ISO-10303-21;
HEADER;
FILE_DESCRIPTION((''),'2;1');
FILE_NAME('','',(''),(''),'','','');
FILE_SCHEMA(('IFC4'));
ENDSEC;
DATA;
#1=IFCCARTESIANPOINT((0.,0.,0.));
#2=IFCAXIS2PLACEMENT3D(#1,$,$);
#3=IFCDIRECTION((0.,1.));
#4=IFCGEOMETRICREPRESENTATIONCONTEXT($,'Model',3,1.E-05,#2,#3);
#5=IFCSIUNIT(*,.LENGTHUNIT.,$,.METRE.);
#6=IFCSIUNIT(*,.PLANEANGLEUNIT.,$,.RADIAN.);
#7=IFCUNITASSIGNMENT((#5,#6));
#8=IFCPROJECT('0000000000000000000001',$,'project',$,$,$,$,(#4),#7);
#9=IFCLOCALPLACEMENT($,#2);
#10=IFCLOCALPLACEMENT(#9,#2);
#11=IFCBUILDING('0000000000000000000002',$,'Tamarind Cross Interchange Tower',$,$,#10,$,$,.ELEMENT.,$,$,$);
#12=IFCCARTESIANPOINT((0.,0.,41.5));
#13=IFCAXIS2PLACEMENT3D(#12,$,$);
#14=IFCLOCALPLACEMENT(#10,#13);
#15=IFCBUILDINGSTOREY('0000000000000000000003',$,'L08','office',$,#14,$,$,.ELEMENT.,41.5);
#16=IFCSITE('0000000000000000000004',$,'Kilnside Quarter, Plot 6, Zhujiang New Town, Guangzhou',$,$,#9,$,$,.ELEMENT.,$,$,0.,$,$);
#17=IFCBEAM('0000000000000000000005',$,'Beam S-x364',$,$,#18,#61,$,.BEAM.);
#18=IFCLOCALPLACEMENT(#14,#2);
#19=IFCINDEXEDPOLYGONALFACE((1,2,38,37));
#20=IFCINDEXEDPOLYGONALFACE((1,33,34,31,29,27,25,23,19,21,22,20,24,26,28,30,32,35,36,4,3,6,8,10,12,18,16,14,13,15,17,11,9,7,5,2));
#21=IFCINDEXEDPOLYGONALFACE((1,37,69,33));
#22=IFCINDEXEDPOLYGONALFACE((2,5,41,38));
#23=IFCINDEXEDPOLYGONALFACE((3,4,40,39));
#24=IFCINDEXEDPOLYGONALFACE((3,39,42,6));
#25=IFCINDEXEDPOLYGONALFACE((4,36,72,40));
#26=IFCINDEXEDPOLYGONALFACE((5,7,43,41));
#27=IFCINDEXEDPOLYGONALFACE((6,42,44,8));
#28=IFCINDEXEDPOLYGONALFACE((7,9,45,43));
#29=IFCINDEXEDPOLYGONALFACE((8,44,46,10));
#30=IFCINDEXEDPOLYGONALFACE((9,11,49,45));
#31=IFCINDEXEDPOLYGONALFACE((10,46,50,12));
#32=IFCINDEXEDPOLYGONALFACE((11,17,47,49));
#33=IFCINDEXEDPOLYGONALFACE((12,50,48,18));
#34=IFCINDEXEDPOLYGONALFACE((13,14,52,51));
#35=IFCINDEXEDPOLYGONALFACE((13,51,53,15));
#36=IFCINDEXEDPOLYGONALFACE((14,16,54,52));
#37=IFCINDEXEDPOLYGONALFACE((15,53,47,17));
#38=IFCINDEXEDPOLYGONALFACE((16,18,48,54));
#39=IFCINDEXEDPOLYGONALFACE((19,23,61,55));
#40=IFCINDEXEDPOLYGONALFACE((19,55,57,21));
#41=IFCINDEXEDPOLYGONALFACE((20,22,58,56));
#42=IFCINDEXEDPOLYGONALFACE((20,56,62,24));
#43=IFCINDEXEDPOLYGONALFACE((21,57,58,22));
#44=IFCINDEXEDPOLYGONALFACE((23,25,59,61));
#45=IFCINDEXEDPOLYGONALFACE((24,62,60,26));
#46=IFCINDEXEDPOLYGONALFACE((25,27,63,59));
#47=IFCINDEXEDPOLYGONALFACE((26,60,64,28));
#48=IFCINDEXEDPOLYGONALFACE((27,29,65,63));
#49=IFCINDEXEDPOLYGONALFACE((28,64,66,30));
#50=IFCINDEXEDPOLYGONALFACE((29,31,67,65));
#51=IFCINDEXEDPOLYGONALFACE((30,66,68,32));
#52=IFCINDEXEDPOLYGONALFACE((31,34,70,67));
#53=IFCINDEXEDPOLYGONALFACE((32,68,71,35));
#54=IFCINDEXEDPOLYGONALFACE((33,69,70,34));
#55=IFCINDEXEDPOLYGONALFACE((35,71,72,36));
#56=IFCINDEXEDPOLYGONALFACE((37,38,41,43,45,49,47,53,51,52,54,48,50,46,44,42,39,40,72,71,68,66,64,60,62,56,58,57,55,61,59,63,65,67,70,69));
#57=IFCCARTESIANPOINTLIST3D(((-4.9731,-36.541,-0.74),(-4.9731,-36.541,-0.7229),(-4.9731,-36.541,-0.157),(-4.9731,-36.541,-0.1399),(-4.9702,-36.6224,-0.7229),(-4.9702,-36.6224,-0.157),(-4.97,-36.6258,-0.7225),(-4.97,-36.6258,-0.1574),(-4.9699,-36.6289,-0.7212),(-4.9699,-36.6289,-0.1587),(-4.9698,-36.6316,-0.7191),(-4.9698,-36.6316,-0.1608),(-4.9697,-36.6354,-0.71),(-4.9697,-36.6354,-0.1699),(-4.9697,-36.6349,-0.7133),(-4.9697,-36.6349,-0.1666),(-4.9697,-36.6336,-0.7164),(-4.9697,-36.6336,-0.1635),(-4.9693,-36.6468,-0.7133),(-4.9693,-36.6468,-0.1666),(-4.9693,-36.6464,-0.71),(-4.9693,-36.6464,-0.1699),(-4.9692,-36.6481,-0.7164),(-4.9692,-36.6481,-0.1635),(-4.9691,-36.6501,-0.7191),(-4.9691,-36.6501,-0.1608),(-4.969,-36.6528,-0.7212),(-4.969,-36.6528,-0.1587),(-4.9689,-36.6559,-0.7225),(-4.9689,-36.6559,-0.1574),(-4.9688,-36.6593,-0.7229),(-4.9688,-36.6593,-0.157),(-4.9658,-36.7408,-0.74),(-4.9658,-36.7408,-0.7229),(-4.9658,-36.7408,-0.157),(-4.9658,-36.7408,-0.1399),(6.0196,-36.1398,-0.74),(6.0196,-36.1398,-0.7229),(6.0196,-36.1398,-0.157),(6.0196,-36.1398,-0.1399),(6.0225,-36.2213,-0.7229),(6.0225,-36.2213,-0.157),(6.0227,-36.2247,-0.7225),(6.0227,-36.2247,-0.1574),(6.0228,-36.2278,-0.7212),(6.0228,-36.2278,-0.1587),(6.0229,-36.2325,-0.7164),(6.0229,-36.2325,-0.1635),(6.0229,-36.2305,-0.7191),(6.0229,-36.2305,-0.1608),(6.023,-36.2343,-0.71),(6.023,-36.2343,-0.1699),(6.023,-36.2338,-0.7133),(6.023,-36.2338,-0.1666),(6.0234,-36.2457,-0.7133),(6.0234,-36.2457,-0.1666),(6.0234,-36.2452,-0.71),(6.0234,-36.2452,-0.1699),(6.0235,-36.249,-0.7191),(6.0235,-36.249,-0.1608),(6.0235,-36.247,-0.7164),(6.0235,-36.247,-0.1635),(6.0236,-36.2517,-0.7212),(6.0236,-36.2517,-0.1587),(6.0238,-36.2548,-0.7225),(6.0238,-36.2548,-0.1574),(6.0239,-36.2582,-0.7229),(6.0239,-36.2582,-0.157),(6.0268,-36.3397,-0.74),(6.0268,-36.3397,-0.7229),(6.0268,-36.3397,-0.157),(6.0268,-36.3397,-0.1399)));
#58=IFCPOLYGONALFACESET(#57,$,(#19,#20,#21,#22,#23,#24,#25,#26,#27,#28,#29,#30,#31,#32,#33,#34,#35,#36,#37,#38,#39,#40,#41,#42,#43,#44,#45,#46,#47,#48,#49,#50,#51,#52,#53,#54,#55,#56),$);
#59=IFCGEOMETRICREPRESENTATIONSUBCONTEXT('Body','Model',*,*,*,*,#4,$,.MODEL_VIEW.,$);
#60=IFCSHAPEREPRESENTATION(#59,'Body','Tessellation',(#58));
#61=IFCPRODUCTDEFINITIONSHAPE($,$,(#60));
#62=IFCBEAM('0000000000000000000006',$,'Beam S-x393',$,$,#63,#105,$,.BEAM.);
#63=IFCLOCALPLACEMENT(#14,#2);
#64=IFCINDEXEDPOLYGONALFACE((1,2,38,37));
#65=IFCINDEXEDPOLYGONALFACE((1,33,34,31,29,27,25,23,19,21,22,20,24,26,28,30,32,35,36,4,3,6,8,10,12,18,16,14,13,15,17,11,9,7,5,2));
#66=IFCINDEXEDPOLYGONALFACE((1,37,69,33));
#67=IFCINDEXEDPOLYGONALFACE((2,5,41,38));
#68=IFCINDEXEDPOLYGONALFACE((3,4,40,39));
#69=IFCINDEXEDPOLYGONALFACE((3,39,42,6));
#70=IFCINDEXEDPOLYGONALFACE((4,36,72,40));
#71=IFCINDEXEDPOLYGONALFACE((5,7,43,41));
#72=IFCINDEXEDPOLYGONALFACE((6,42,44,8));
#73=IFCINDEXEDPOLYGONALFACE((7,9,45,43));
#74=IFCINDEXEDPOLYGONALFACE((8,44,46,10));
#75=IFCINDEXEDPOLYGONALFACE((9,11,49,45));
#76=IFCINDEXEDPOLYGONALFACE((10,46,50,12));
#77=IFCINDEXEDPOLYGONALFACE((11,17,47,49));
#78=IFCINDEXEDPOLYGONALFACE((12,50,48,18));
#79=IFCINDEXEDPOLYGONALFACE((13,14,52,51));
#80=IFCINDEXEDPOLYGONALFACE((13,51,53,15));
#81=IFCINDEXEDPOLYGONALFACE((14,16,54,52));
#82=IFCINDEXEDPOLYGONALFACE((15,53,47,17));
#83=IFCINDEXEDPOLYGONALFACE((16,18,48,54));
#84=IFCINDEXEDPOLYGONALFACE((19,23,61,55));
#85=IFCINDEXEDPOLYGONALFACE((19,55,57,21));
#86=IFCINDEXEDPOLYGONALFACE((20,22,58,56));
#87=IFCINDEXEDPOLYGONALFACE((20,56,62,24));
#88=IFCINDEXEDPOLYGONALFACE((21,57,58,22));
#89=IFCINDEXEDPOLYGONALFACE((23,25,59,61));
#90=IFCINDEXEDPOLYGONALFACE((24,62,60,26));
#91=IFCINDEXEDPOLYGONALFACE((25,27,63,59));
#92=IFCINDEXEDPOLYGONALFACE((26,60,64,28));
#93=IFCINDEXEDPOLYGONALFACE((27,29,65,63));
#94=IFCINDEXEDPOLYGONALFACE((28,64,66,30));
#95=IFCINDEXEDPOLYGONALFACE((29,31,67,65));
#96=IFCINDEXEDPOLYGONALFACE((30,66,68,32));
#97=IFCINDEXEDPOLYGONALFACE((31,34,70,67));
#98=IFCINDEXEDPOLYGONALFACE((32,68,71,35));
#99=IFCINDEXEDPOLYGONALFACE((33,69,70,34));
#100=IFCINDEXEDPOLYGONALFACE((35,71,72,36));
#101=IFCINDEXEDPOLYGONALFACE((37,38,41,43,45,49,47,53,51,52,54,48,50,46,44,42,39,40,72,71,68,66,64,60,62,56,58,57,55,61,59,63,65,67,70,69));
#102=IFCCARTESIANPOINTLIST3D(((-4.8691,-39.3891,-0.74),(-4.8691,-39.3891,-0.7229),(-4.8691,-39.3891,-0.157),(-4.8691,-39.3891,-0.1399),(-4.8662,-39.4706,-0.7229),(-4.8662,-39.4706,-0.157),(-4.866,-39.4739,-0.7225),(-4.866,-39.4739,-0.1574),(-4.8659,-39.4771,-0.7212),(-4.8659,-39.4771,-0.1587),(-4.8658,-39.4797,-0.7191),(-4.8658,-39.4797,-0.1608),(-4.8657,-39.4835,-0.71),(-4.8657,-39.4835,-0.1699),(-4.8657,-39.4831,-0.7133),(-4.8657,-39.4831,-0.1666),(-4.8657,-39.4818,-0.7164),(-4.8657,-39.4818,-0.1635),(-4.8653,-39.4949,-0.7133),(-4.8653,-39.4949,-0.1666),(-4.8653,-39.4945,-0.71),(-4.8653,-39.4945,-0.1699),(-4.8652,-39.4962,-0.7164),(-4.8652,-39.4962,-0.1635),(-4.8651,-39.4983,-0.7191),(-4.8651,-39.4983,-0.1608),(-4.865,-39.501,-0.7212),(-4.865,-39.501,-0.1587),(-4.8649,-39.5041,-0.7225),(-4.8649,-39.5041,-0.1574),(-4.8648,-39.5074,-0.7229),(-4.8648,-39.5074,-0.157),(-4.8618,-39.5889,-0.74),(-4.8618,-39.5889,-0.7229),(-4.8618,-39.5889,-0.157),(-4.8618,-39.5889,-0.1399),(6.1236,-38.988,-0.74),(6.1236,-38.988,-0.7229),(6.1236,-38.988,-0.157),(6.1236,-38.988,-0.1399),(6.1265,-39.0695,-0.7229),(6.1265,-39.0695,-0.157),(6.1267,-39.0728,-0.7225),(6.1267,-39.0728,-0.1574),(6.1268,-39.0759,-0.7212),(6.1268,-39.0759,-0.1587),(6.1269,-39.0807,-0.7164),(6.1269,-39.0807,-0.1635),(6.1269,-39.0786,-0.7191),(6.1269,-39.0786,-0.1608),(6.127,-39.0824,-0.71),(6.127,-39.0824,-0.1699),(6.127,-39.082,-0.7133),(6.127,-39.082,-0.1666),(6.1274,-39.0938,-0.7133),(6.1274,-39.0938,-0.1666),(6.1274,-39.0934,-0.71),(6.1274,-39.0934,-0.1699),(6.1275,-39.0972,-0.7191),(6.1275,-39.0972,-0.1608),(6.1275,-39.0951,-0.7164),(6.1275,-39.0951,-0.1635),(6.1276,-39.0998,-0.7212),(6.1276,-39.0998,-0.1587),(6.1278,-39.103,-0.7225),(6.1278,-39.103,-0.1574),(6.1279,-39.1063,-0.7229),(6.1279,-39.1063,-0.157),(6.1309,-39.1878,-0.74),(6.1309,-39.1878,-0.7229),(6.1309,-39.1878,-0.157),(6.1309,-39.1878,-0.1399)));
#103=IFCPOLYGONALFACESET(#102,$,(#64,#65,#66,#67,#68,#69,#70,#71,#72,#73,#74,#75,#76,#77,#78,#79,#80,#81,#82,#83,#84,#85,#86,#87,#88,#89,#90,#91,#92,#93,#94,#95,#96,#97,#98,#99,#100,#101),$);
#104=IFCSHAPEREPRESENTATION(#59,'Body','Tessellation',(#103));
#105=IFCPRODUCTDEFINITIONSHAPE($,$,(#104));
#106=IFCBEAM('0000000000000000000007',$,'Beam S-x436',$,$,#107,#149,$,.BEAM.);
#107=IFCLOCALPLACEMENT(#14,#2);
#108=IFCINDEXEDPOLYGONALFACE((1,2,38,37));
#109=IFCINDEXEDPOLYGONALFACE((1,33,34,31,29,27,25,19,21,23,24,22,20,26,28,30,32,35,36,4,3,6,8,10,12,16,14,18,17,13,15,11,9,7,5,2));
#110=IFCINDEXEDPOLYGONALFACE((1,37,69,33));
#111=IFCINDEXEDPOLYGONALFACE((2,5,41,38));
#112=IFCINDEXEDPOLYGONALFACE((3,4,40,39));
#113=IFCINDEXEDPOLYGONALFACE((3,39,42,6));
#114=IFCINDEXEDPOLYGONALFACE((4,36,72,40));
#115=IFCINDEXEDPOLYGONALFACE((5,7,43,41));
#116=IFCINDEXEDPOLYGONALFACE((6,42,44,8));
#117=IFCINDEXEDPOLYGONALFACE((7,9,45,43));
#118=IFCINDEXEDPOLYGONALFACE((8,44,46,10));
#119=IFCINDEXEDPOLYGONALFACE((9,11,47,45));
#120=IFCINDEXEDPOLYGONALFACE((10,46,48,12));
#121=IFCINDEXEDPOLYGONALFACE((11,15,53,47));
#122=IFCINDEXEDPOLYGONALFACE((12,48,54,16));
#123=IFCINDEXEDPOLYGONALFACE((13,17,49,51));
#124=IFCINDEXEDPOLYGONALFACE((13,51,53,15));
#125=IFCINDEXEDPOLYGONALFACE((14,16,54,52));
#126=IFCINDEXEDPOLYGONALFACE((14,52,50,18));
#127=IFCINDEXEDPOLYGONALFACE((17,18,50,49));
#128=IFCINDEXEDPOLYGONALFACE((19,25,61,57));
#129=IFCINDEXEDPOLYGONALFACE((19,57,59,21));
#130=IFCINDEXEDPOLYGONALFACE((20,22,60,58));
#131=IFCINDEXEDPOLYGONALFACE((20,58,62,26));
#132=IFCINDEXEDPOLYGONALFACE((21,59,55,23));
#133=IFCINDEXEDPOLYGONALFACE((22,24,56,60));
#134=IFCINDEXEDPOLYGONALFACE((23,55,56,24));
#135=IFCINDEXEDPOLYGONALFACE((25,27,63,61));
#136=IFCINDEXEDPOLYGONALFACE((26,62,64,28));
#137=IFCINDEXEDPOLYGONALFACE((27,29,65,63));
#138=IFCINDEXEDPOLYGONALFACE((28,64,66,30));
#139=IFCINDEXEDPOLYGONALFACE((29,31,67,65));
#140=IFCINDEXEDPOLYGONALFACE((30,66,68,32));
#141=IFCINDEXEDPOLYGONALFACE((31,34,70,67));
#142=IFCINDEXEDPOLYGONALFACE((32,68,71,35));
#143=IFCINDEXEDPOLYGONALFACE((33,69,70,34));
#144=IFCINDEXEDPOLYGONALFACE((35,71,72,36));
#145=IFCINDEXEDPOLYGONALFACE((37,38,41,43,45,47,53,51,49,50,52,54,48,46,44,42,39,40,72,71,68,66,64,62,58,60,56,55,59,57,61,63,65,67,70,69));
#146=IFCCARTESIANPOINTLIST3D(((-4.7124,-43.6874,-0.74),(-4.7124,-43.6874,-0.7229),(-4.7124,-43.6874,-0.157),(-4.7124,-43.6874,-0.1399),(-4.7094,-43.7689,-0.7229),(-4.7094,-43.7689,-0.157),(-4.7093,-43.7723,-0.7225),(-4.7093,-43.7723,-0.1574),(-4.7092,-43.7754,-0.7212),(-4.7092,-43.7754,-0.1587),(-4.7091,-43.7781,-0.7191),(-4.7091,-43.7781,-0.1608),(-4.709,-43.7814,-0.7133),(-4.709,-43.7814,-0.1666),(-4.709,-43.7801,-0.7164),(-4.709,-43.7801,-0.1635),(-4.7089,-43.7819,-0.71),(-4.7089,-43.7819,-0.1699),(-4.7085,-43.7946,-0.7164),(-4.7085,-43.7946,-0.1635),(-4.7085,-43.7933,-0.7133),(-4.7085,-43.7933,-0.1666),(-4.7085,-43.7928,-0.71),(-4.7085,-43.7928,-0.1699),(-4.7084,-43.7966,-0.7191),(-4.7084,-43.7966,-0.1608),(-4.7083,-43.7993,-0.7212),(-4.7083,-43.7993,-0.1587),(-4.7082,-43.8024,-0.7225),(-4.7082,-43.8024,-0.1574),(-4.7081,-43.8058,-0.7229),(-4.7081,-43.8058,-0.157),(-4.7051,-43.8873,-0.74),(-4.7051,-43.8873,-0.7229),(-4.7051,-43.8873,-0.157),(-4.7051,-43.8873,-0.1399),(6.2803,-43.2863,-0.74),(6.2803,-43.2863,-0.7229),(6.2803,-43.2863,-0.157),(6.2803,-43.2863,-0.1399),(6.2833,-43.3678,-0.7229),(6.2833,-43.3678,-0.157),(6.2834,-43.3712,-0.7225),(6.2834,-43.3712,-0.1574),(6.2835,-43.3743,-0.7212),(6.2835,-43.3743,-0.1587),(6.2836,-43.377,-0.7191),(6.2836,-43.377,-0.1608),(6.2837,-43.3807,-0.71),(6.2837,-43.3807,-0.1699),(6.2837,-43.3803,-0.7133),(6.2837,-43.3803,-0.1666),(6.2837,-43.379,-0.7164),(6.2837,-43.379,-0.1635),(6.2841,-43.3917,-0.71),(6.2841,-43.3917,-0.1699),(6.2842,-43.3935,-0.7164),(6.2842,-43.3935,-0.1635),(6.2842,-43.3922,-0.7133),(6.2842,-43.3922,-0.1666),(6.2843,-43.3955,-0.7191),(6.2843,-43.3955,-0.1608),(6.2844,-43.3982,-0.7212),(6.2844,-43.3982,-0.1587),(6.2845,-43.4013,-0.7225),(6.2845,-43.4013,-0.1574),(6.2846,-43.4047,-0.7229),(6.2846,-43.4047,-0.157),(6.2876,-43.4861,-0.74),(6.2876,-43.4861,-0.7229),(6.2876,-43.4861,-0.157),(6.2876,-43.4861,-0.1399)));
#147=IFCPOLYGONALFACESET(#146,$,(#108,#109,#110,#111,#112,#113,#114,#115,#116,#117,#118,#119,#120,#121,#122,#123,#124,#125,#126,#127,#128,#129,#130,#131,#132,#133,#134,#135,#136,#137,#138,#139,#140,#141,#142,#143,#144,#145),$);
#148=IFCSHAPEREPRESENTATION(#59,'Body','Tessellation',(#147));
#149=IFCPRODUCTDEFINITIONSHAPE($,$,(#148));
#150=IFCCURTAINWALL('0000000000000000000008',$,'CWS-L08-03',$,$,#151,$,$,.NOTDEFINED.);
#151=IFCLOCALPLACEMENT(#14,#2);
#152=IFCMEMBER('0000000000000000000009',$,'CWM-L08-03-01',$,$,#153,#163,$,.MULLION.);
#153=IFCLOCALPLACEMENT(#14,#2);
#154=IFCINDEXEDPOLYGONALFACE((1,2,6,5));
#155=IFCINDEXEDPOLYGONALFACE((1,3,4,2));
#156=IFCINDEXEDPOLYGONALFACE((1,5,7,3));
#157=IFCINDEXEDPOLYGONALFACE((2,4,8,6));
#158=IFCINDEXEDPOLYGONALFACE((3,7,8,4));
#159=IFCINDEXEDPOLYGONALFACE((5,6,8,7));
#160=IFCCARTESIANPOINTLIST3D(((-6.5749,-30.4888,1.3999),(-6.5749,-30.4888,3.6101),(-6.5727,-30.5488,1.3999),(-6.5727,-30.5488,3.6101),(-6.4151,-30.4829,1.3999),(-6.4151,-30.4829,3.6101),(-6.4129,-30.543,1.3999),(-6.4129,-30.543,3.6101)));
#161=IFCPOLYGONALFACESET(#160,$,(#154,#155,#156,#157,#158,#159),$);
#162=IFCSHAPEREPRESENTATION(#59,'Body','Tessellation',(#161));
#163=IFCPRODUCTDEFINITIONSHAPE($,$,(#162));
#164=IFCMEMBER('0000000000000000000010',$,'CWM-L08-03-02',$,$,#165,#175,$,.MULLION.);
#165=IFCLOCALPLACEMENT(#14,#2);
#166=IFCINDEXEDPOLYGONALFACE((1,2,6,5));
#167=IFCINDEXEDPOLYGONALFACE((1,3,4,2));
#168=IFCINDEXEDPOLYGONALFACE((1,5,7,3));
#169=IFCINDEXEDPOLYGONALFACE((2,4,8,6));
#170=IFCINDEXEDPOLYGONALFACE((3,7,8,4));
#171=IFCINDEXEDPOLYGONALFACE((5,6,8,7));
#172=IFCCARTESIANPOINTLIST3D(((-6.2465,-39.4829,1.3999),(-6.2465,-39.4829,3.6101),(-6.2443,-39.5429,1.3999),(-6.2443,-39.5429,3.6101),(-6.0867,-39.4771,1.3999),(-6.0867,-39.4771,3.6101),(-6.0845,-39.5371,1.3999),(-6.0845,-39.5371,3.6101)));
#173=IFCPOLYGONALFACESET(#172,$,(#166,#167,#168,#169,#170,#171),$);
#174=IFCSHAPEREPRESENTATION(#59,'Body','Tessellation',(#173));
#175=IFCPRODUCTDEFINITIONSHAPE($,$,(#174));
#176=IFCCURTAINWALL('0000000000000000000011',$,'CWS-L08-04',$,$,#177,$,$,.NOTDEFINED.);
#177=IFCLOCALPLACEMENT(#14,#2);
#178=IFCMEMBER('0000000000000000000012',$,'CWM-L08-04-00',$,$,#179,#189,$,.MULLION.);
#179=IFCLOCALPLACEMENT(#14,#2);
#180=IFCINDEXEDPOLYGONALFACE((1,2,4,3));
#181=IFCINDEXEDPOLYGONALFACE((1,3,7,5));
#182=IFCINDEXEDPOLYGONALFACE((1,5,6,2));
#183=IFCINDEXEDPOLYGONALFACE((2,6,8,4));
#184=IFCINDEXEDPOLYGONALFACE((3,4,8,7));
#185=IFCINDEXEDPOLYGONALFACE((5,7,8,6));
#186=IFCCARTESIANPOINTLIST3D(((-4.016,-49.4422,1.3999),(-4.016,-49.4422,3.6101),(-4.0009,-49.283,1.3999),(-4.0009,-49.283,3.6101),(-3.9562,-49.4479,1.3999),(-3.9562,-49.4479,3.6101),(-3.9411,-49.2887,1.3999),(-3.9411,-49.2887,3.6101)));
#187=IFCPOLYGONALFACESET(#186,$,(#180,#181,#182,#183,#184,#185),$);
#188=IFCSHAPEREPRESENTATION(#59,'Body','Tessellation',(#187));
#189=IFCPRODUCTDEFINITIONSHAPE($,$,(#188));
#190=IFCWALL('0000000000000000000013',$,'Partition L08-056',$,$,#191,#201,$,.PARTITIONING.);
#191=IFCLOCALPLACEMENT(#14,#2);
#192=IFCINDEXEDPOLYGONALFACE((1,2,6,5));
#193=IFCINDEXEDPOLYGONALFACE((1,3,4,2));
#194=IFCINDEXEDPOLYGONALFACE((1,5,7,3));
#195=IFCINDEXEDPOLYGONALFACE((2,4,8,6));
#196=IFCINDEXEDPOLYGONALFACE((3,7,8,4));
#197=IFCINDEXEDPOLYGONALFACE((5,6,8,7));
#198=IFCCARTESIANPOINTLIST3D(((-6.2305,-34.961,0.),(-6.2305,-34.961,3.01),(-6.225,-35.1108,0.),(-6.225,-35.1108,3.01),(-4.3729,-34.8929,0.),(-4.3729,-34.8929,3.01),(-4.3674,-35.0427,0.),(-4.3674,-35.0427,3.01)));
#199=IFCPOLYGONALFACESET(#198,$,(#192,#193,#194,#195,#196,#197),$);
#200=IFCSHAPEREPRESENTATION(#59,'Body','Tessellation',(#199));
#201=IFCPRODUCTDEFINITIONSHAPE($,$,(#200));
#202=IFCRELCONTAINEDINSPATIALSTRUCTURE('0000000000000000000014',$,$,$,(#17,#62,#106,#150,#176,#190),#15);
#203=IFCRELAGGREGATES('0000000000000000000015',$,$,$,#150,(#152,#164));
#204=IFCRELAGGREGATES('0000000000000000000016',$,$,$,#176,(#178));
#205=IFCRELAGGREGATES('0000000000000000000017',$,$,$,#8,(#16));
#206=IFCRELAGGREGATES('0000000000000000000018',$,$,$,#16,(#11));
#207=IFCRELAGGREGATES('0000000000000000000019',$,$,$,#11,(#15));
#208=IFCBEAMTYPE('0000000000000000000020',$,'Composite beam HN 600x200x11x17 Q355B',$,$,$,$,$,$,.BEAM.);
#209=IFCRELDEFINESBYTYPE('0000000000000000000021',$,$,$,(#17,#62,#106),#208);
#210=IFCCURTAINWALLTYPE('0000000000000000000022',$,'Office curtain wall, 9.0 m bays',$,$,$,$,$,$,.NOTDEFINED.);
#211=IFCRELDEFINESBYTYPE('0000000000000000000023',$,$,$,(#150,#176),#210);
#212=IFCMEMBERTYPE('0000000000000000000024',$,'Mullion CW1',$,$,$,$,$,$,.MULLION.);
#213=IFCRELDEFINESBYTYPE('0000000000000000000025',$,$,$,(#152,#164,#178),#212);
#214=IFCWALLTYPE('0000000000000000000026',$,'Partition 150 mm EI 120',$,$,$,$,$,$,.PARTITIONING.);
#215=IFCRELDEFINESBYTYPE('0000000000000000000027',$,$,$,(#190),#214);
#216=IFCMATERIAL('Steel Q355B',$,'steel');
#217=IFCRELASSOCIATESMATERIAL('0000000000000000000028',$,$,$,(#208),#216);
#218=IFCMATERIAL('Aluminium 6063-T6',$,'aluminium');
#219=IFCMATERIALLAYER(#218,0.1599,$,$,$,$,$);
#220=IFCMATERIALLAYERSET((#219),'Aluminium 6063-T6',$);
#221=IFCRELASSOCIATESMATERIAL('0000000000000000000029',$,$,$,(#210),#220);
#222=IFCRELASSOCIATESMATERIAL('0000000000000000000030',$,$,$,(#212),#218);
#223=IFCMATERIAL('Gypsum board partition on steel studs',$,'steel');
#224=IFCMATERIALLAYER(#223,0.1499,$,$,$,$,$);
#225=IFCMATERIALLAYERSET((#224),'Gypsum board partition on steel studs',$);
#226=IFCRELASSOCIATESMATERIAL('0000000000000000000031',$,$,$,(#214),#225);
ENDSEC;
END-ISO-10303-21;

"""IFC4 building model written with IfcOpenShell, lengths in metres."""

from ifc_helpers import new_model, si_unit, direction, frame, frame_2d, origin, origin_2d, place, context, subcontext, project, spatial, rectangle, i_section, extrude, material, layer, layer_set, material_profile, profile_set, type_object, element, aggregate, save


model = new_model("IFC4")

# Units and contexts
model_context = context("Model", 3, precision=1e-05, world=origin(), true_north=direction((0.0, 1.0)))
body_context = subcontext(model_context, "Body", "Model", "MODEL_VIEW")
ifc_project = project(units=[si_unit("LENGTHUNIT", "METRE"), si_unit("PLANEANGLEUNIT", "RADIAN")], contexts=[model_context])

# Site, building, storey
site_placement = place(None, origin())
site = spatial("IfcSite", under=ifc_project, at=site_placement, Name="Kilnside Quarter, Plot 6, Zhujiang New Town, Guangzhou", CompositionType="ELEMENT", RefElevation=0.0)
building_placement = place(site_placement, origin())
building = spatial("IfcBuilding", under=site, at=building_placement, Name="Tamarind Cross Interchange Tower", CompositionType="ELEMENT")
storey_placement = place(building_placement, frame((0.0, 0.0, 41.5)))
storey = spatial("IfcBuildingStorey", under=building, at=storey_placement, Name="L08", Description="office", CompositionType="ELEMENT", Elevation=41.5)

# Beams
ifc_material_1 = material(Name="Steel Q355B", Category="steel")
ifc_material_profile_1 = material_profile(ifc_material_1, i_section(OverallWidth=0.2, OverallDepth=0.6001, WebThickness=0.011, FlangeThickness=0.0171, FilletRadius=0.0129, at=origin_2d()), Name="HN 600x200x11x17")
ifc_profile_set_1 = profile_set([ifc_material_profile_1], Name="Steel Q355B")
beam_type_1 = type_object("IfcBeamType", Name="Composite beam HN 600x200x11x17 Q355B", PredefinedType="BEAM", material=ifc_profile_set_1)
for number, where, z_axis, x_axis, name in (
    (1, (-4.9695, -36.6409, -0.4399), (0.999335, 0.036466, 0.0), (-0.036466, 0.999335, 0.0), "Beam S-x364"),
    (2, (-4.8655, -39.489, -0.4399), (0.999335, 0.036466, 0.0), (-0.036466, 0.999335, 0.0), "Beam S-x393"),
    (3, (-4.7087, -43.7874, -0.4399), (0.999335, 0.036466, 0.0), (-0.036466, 0.999335, 0.0), "Beam S-x436"),
):
    element("IfcBeam", number, at=place(storey_placement, frame(where, z_axis=z_axis, x_axis=x_axis)), inside=storey, type_object=beam_type_1, Name=name, PredefinedType="BEAM", context=body_context, shape_type="SweptSolid", body=[
        extrude(i_section(OverallWidth=0.2, OverallDepth=0.6001, WebThickness=0.011, FlangeThickness=0.0171, FilletRadius=0.0129, at=origin_2d()), origin(), (0.0, 0.0, 1.0), 11.0),
    ])

# Curtain wall, members
ifc_material_2 = material(Name="Aluminium 6063-T6", Category="aluminium")
ifc_layer_1 = layer(ifc_material_2, 0.1599)
ifc_layer_set_1 = layer_set([ifc_layer_1], Name="Aluminium 6063-T6")
curtain_wall_type = type_object("IfcCurtainWallType", Name="Office curtain wall, 9.0 m bays", PredefinedType="NOTDEFINED", material=ifc_layer_set_1)
curtain_wall_1_placement = place(storey_placement, origin())
curtain_wall_1 = element("IfcCurtainWall", 4, at=curtain_wall_1_placement, inside=storey, type_object=curtain_wall_type, Name="CWS-L08-03", PredefinedType="NOTDEFINED")
ifc_material_profile_2 = material_profile(ifc_material_2, rectangle(XDim=0.0601, YDim=0.1599, at=origin_2d()), Name="Mullion CW1")
ifc_profile_set_2 = profile_set([ifc_material_profile_2], Name="Aluminium 6063-T6")
member_type = type_object("IfcMemberType", Name="Mullion CW1", PredefinedType="MULLION", material=ifc_profile_set_2)
member_1_placement = place(storey_placement, frame((-6.4939, -30.5159, 1.3999), z_axis=(0.0, 0.0, 1.0), x_axis=(0.036462, -0.999335, 0.0)))
member_1 = element("IfcMember", 5, at=member_1_placement, type_object=member_type, Name="CWM-L08-03-01", PredefinedType="MULLION", context=body_context, shape_type="SweptSolid", body=[
    extrude(rectangle(XDim=0.0601, YDim=0.1599, at=origin_2d()), origin(), (0.0, 0.0, 1.0), 2.2102),
])
member_2_placement = place(storey_placement, frame((-6.1655, -39.51, 1.3999), z_axis=(0.0, 0.0, 1.0), x_axis=(0.036462, -0.999335, 0.0)))
member_2 = element("IfcMember", 6, at=member_2_placement, type_object=member_type, Name="CWM-L08-03-02", PredefinedType="MULLION", context=body_context, shape_type="SweptSolid", body=[
    extrude(rectangle(XDim=0.0601, YDim=0.1599, at=origin_2d()), origin(), (0.0, 0.0, 1.0), 2.2102),
])
aggregate(curtain_wall_1, [member_1, member_2])

# Curtain wall, member
curtain_wall_2_placement = place(storey_placement, origin())
curtain_wall_2 = element("IfcCurtainWall", 7, at=curtain_wall_2_placement, inside=storey, type_object=curtain_wall_type, Name="CWS-L08-04", PredefinedType="NOTDEFINED")
member_3_placement = place(storey_placement, frame((-3.9785, -49.3655, 1.3999), z_axis=(0.0, 0.0, 1.0), x_axis=(0.995545, -0.094289, 0.0)))
member_3 = element("IfcMember", 8, at=member_3_placement, type_object=member_type, Name="CWM-L08-04-00", PredefinedType="MULLION", context=body_context, shape_type="SweptSolid", body=[
    extrude(rectangle(XDim=0.0601, YDim=0.1599, at=origin_2d()), origin(), (0.0, 0.0, 1.0), 2.2102),
])
aggregate(curtain_wall_2, [member_3])

# Wall
ifc_material_3 = material(Name="Gypsum board partition on steel studs", Category="steel")
ifc_layer_2 = layer(ifc_material_3, 0.1499)
ifc_layer_set_2 = layer_set([ifc_layer_2], Name="Gypsum board partition on steel studs")
wall_type_1 = type_object("IfcWallType", Name="Partition 150 mm EI 120", PredefinedType="PARTITIONING", material=ifc_layer_set_2)
wall_1_placement = place(storey_placement, frame((-6.2278, -35.0359, 0.0), z_axis=(0.0, 0.0, 1.0), x_axis=(0.999328, 0.036642, 0.0)))
element("IfcWall", 9, at=wall_1_placement, inside=storey, type_object=wall_type_1, Name="Partition L08-056", PredefinedType="PARTITIONING", context=body_context, shape_type="SweptSolid", body=[
    extrude(rectangle(XDim=1.8589, YDim=0.1499, at=frame_2d((0.9294, 0.0))), origin(), (0.0, 0.0, 1.0), 3.01),
])

save(model, "model.ifc")
